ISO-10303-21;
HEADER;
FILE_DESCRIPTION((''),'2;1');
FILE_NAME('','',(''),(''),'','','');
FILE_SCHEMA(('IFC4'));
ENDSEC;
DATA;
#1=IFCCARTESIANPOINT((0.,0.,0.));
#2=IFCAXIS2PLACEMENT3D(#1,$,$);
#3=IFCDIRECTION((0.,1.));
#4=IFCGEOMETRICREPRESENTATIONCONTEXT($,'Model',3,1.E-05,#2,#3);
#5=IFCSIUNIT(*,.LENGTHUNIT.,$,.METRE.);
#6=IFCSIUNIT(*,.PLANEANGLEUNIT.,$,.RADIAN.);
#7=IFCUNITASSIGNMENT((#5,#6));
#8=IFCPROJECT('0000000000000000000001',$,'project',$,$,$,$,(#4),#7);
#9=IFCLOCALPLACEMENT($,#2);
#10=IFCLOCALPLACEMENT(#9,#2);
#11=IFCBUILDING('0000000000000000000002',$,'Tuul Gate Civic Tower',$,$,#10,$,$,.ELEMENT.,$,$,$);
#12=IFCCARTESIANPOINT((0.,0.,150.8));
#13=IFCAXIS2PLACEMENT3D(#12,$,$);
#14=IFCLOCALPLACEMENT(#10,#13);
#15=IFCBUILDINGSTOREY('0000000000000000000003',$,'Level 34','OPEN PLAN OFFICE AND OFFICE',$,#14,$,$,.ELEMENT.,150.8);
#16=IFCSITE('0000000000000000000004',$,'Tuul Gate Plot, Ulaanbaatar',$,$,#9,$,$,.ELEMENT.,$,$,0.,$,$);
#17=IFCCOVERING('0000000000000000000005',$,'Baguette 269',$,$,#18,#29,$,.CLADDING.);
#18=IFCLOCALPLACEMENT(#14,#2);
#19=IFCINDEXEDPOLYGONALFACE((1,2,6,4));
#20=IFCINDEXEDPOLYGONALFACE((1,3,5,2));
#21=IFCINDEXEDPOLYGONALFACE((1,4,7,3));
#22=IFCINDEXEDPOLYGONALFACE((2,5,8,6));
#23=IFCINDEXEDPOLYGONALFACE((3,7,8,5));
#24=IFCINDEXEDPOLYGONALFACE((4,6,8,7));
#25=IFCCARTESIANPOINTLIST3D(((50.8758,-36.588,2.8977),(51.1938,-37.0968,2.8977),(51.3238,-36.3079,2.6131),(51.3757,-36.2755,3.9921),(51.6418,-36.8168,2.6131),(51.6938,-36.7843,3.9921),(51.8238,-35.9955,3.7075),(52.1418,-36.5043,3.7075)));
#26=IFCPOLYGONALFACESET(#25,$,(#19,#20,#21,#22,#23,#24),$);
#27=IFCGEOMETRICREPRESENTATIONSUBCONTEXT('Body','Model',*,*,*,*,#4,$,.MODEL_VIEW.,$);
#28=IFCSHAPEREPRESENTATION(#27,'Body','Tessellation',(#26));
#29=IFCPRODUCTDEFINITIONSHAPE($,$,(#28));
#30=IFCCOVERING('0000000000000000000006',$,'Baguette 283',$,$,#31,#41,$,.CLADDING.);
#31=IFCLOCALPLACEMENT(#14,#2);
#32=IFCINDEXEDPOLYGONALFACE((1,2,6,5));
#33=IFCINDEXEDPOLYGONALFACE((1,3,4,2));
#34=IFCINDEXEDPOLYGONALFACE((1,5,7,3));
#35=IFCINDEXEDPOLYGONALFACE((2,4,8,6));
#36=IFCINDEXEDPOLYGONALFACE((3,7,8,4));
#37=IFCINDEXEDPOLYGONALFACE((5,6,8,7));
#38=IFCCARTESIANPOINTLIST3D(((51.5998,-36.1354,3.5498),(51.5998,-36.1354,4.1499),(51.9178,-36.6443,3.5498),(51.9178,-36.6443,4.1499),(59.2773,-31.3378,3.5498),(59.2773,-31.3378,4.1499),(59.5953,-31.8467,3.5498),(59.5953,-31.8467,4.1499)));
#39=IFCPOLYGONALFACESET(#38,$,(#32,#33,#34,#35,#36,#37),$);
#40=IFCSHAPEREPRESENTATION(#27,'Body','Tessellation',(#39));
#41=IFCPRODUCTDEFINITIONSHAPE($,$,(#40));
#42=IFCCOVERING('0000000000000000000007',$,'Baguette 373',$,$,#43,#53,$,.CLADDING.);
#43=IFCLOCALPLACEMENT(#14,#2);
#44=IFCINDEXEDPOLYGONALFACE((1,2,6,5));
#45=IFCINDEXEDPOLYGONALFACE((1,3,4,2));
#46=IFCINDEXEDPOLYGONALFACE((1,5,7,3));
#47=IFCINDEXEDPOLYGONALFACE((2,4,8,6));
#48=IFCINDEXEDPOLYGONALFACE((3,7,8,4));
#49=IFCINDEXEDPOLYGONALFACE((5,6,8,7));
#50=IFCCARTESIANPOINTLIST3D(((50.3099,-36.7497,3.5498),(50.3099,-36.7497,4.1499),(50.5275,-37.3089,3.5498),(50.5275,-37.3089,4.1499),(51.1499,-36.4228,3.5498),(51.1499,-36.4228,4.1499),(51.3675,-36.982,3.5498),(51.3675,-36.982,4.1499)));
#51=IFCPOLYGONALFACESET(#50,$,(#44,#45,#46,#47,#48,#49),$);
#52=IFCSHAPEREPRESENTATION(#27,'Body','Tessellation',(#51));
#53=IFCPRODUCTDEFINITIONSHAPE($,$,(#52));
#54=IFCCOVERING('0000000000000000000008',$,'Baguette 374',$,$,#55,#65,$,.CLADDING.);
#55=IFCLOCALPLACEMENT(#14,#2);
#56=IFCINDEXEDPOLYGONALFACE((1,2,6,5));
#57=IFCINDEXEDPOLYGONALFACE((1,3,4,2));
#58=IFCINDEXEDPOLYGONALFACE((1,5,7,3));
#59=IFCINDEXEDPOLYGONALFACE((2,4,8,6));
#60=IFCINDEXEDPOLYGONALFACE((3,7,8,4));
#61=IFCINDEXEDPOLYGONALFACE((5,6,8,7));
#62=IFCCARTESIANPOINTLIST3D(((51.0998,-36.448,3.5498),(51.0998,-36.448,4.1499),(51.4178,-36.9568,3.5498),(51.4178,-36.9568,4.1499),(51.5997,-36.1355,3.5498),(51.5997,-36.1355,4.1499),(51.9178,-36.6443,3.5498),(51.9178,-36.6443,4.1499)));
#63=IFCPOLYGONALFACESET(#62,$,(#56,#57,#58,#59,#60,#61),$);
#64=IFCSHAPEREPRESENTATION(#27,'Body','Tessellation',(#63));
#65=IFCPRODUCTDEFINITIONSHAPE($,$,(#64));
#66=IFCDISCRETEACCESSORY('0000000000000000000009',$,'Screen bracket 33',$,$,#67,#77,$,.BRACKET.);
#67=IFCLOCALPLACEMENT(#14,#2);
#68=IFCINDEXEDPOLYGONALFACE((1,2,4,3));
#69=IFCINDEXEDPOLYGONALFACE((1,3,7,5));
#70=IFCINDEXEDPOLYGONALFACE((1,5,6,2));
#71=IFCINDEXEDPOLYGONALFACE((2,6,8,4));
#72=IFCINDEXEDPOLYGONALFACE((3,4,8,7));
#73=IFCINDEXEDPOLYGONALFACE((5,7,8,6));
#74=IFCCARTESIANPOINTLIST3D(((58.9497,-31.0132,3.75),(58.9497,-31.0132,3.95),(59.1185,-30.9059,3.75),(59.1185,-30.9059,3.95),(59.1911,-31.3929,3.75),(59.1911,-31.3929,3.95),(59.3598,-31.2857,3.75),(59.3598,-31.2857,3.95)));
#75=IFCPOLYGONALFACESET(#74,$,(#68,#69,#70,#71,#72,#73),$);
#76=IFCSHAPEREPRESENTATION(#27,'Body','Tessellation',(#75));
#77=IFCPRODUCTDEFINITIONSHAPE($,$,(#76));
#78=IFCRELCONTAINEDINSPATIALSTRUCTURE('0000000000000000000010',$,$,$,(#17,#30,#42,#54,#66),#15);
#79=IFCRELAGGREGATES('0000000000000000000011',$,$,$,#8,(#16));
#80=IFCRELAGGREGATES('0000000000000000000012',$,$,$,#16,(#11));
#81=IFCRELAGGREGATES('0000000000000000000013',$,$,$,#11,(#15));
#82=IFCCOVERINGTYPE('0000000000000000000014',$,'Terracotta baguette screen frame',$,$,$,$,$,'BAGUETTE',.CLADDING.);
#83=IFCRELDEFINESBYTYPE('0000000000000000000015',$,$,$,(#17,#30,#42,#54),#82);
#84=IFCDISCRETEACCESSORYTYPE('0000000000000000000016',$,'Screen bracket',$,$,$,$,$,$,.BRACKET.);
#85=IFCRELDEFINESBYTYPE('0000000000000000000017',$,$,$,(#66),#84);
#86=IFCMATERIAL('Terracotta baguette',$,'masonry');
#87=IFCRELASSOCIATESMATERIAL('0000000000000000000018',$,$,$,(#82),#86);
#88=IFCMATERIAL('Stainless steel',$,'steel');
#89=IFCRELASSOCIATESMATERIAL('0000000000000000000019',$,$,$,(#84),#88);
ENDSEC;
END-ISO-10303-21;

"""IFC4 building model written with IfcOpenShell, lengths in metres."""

from ifc_helpers import new_model, si_unit, direction, frame, origin, origin_2d, place, context, subcontext, project, spatial, rectangle, extrude, material, material_profile, profile_set, type_object, element, save


model = new_model("IFC4")

# Units and contexts
model_context = context("Model", 3, precision=1e-05, world=origin(), true_north=direction((0.0, 1.0)))
body_context = subcontext(model_context, "Body", "Model", "MODEL_VIEW")
ifc_project = project(units=[si_unit("LENGTHUNIT", "METRE"), si_unit("PLANEANGLEUNIT", "RADIAN")], contexts=[model_context])

# Site, building, storey
site_placement = place(None, origin())
site = spatial("IfcSite", under=ifc_project, at=site_placement, Name="Tuul Gate Plot, Ulaanbaatar", CompositionType="ELEMENT", RefElevation=0.0)
building_placement = place(site_placement, origin())
building = spatial("IfcBuilding", under=site, at=building_placement, Name="Tuul Gate Civic Tower", CompositionType="ELEMENT")
storey_placement = place(building_placement, frame((0.0, 0.0, 150.8)))
storey = spatial("IfcBuildingStorey", under=building, at=storey_placement, Name="Level 34", Description="OPEN PLAN OFFICE AND OFFICE", CompositionType="ELEMENT", Elevation=150.8)

# Coverings
ifc_material_1 = material(Name="Terracotta baguette", Category="masonry")
ifc_material_profile_1 = material_profile(ifc_material_1, rectangle(XDim=0.6001, YDim=0.6001, at=origin_2d()), Name="Terracotta baguette screen frame")
ifc_profile_set_1 = profile_set([ifc_material_profile_1], Name="Terracotta baguette")
covering_type = type_object("IfcCoveringType", Name="Terracotta baguette screen frame", ElementType="BAGUETTE", PredefinedType="CLADDING", material=ifc_profile_set_1)
covering_1_placement = place(storey_placement, frame((51.2588, -36.7024, 2.7554), z_axis=(0.402188, 0.251367, 0.880375), x_axis=(-0.529999, 0.847998, 0.0)))
element("IfcCovering", 1, at=covering_1_placement, inside=storey, type_object=covering_type, Name="Baguette 269", PredefinedType="CLADDING", context=body_context, shape_type="SweptSolid", body=[
    extrude(rectangle(XDim=0.6001, YDim=0.6001, at=origin_2d()), origin(), (0.0, 0.0, 1.0), 1.2432),
])
covering_2_placement = place(storey_placement, frame((51.7588, -36.3899, 3.8499), z_axis=(0.848039, 0.529933, 0.0), x_axis=(-0.529933, 0.848039, 0.0)))
element("IfcCovering", 2, at=covering_2_placement, inside=storey, type_object=covering_type, Name="Baguette 283", PredefinedType="CLADDING", context=body_context, shape_type="SweptSolid", body=[
    extrude(rectangle(XDim=0.6001, YDim=0.6001, at=origin_2d()), origin(), (0.0, 0.0, 1.0), 9.0532),
])
covering_3_placement = place(storey_placement, frame((50.4187, -37.0293, 3.8499), z_axis=(0.931928, 0.362642, 0.0), x_axis=(-0.362642, 0.931928, 0.0)))
element("IfcCovering", 3, at=covering_3_placement, inside=storey, type_object=covering_type, Name="Baguette 373", PredefinedType="CLADDING", context=body_context, shape_type="SweptSolid", body=[
    extrude(rectangle(XDim=0.6001, YDim=0.6001, at=origin_2d()), origin(), (0.0, 0.0, 1.0), 0.9014),
])
covering_4_placement = place(storey_placement, frame((51.2588, -36.7024, 3.8499), z_axis=(0.847998, 0.529999, 0.0), x_axis=(-0.529999, 0.847998, 0.0)))
element("IfcCovering", 4, at=covering_4_placement, inside=storey, type_object=covering_type, Name="Baguette 374", PredefinedType="CLADDING", context=body_context, shape_type="SweptSolid", body=[
    extrude(rectangle(XDim=0.6001, YDim=0.6001, at=origin_2d()), origin(), (0.0, 0.0, 1.0), 0.5896),
])

# Discrete accessory
ifc_material_2 = material(Name="Stainless steel", Category="steel")
discrete_accessory_type = type_object("IfcDiscreteAccessoryType", Name="Screen bracket", PredefinedType="BRACKET", material=ifc_material_2)
discrete_accessory_placement = place(storey_placement, frame((59.1548, -31.1494, 3.75), z_axis=(0.0, 0.0, 1.0), x_axis=(0.536425, -0.843948, 0.0)))
element("IfcDiscreteAccessory", 5, at=discrete_accessory_placement, inside=storey, type_object=discrete_accessory_type, Name="Screen bracket 33", PredefinedType="BRACKET", context=body_context, shape_type="SweptSolid", body=[
    extrude(rectangle(XDim=0.45, YDim=0.2, at=origin_2d()), origin(), (0.0, 0.0, 1.0), 0.2),
])

save(model, "model.ifc")
